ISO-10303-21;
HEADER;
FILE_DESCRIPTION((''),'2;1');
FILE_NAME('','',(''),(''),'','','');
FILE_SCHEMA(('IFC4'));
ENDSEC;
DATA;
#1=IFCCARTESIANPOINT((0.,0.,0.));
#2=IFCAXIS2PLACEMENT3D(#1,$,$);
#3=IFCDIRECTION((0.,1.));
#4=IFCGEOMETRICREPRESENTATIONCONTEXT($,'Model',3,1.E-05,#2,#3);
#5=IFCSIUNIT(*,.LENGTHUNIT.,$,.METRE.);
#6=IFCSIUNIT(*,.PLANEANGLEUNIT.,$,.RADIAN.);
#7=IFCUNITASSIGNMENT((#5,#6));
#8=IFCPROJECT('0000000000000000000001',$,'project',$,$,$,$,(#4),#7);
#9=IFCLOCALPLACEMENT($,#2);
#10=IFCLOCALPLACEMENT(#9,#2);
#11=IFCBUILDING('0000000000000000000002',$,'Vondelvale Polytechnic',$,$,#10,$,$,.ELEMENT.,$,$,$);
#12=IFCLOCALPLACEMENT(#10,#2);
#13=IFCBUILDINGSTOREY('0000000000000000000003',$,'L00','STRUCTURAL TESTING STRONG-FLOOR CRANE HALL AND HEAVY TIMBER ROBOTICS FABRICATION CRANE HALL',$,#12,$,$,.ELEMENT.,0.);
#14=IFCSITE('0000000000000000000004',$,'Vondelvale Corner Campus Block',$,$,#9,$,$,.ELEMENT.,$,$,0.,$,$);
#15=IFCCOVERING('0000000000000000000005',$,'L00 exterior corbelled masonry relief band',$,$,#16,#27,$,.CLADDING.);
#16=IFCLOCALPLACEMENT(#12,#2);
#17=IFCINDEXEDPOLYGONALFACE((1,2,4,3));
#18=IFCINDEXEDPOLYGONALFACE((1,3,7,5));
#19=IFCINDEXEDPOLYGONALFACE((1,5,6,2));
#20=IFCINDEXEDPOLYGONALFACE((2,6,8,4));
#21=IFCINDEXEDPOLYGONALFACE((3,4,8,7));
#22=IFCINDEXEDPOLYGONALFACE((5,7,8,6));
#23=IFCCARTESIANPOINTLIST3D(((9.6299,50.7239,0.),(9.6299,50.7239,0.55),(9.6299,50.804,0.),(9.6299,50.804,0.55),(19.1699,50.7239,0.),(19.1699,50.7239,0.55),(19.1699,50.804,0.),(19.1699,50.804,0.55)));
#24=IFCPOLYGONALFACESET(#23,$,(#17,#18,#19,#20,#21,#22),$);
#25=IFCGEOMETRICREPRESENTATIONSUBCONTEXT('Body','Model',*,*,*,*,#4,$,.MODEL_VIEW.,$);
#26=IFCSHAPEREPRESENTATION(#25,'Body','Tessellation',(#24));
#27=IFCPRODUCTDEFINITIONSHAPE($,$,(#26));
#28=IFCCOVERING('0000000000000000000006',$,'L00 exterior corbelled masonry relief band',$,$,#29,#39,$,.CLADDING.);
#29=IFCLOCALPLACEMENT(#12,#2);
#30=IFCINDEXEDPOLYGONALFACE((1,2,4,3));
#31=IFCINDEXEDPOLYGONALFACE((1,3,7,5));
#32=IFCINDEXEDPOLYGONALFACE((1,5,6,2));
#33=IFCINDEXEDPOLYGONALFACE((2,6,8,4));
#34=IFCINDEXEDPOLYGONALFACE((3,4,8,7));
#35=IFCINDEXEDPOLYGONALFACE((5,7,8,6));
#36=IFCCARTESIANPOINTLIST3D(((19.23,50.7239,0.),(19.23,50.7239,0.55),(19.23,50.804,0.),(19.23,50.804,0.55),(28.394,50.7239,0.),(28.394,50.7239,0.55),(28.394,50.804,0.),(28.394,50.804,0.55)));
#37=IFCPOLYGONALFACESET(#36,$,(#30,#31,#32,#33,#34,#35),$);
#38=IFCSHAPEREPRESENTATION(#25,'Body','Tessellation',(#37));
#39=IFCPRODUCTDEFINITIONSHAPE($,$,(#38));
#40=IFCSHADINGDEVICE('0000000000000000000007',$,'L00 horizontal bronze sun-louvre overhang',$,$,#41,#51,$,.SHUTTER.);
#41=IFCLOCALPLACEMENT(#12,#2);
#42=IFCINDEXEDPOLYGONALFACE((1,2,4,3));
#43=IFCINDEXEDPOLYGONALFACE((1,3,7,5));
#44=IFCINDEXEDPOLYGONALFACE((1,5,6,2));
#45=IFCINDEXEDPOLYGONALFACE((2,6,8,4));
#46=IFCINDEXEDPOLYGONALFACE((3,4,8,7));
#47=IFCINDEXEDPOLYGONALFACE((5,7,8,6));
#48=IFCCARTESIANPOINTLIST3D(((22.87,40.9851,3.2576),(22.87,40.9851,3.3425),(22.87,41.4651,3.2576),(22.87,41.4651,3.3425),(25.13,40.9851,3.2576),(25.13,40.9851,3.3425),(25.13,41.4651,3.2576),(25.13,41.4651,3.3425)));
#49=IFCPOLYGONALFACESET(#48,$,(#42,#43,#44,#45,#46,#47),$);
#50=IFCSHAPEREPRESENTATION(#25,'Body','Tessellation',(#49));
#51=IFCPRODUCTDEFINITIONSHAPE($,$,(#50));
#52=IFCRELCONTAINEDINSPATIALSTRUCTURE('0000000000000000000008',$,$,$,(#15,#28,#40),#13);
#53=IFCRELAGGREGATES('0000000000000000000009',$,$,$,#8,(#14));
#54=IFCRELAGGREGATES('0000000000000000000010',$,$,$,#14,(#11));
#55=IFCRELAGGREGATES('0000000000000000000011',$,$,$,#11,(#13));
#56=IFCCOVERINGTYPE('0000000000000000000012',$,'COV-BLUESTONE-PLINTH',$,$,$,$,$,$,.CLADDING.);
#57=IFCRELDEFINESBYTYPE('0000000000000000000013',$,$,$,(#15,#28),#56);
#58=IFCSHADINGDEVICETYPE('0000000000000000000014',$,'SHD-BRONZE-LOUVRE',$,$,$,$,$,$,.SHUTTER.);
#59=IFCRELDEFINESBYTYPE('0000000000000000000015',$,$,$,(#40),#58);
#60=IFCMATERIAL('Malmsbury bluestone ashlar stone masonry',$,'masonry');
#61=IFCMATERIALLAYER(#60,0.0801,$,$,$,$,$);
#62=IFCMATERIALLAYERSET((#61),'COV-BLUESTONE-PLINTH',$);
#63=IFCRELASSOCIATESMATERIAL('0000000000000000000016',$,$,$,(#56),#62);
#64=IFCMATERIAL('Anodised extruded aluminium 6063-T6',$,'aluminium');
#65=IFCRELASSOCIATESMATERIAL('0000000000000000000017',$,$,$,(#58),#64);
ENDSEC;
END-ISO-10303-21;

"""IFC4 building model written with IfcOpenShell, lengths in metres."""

from ifc_helpers import new_model, si_unit, direction, frame, origin, origin_2d, place, context, subcontext, project, spatial, rectangle, extrude, material, layer, layer_set, type_object, element, save


model = new_model("IFC4")

# Units and contexts
model_context = context("Model", 3, precision=1e-05, world=origin(), true_north=direction((0.0, 1.0)))
body_context = subcontext(model_context, "Body", "Model", "MODEL_VIEW")
ifc_project = project(units=[si_unit("LENGTHUNIT", "METRE"), si_unit("PLANEANGLEUNIT", "RADIAN")], contexts=[model_context])

# Site, building, storey
site_placement = place(None, origin())
site = spatial("IfcSite", under=ifc_project, at=site_placement, Name="Vondelvale Corner Campus Block", CompositionType="ELEMENT", RefElevation=0.0)
building_placement = place(site_placement, origin())
building = spatial("IfcBuilding", under=site, at=building_placement, Name="Vondelvale Polytechnic", CompositionType="ELEMENT")
storey_placement = place(building_placement, origin())
storey = spatial("IfcBuildingStorey", under=building, at=storey_placement, Name="L00", Description="STRUCTURAL TESTING STRONG-FLOOR CRANE HALL AND HEAVY TIMBER ROBOTICS FABRICATION CRANE HALL", CompositionType="ELEMENT", Elevation=0.0)

# Shared definitions
ifc_material_1 = material(Name="Malmsbury bluestone ashlar stone masonry", Category="masonry")

# Coverings
ifc_layer_1 = layer(ifc_material_1, 0.0801)
ifc_layer_set_1 = layer_set([ifc_layer_1], Name="COV-BLUESTONE-PLINTH")
covering_type = type_object("IfcCoveringType", Name="COV-BLUESTONE-PLINTH", PredefinedType="CLADDING", material=ifc_layer_set_1)
covering_1_placement = place(storey_placement, frame((14.3999, 50.7639, 0.0), z_axis=(0.0, 0.0, 1.0), x_axis=(-1.0, 0.0, 0.0)))
element("IfcCovering", 1, at=covering_1_placement, inside=storey, type_object=covering_type, Name="L00 exterior corbelled masonry relief band", PredefinedType="CLADDING", context=body_context, shape_type="SweptSolid", body=[
    extrude(rectangle(XDim=9.54, YDim=0.0801, at=origin_2d()), origin(), (0.0, 0.0, 1.0), 0.55),
])
covering_2_placement = place(storey_placement, frame((23.812, 50.7639, 0.0), z_axis=(0.0, 0.0, 1.0), x_axis=(-1.0, 0.0, 0.0)))
element("IfcCovering", 2, at=covering_2_placement, inside=storey, type_object=covering_type, Name="L00 exterior corbelled masonry relief band", PredefinedType="CLADDING", context=body_context, shape_type="SweptSolid", body=[
    extrude(rectangle(XDim=9.1641, YDim=0.0801, at=origin_2d()), origin(), (0.0, 0.0, 1.0), 0.55),
])

# Shading device
ifc_material_2 = material(Name="Anodised extruded aluminium 6063-T6", Category="aluminium")
shading_device_type = type_object("IfcShadingDeviceType", Name="SHD-BRONZE-LOUVRE", PredefinedType="SHUTTER", material=ifc_material_2)
shading_device_placement = place(storey_placement, frame((24.0, 41.2251, 3.2576), z_axis=(0.0, 0.0, 1.0), x_axis=(1.0, 0.0, 0.0)))
element("IfcShadingDevice", 3, at=shading_device_placement, inside=storey, type_object=shading_device_type, Name="L00 horizontal bronze sun-louvre overhang", PredefinedType="SHUTTER", context=body_context, shape_type="SweptSolid", body=[
    extrude(rectangle(XDim=2.26, YDim=0.48, at=origin_2d()), origin(), (0.0, 0.0, 1.0), 0.085),
])

save(model, "model.ifc")
